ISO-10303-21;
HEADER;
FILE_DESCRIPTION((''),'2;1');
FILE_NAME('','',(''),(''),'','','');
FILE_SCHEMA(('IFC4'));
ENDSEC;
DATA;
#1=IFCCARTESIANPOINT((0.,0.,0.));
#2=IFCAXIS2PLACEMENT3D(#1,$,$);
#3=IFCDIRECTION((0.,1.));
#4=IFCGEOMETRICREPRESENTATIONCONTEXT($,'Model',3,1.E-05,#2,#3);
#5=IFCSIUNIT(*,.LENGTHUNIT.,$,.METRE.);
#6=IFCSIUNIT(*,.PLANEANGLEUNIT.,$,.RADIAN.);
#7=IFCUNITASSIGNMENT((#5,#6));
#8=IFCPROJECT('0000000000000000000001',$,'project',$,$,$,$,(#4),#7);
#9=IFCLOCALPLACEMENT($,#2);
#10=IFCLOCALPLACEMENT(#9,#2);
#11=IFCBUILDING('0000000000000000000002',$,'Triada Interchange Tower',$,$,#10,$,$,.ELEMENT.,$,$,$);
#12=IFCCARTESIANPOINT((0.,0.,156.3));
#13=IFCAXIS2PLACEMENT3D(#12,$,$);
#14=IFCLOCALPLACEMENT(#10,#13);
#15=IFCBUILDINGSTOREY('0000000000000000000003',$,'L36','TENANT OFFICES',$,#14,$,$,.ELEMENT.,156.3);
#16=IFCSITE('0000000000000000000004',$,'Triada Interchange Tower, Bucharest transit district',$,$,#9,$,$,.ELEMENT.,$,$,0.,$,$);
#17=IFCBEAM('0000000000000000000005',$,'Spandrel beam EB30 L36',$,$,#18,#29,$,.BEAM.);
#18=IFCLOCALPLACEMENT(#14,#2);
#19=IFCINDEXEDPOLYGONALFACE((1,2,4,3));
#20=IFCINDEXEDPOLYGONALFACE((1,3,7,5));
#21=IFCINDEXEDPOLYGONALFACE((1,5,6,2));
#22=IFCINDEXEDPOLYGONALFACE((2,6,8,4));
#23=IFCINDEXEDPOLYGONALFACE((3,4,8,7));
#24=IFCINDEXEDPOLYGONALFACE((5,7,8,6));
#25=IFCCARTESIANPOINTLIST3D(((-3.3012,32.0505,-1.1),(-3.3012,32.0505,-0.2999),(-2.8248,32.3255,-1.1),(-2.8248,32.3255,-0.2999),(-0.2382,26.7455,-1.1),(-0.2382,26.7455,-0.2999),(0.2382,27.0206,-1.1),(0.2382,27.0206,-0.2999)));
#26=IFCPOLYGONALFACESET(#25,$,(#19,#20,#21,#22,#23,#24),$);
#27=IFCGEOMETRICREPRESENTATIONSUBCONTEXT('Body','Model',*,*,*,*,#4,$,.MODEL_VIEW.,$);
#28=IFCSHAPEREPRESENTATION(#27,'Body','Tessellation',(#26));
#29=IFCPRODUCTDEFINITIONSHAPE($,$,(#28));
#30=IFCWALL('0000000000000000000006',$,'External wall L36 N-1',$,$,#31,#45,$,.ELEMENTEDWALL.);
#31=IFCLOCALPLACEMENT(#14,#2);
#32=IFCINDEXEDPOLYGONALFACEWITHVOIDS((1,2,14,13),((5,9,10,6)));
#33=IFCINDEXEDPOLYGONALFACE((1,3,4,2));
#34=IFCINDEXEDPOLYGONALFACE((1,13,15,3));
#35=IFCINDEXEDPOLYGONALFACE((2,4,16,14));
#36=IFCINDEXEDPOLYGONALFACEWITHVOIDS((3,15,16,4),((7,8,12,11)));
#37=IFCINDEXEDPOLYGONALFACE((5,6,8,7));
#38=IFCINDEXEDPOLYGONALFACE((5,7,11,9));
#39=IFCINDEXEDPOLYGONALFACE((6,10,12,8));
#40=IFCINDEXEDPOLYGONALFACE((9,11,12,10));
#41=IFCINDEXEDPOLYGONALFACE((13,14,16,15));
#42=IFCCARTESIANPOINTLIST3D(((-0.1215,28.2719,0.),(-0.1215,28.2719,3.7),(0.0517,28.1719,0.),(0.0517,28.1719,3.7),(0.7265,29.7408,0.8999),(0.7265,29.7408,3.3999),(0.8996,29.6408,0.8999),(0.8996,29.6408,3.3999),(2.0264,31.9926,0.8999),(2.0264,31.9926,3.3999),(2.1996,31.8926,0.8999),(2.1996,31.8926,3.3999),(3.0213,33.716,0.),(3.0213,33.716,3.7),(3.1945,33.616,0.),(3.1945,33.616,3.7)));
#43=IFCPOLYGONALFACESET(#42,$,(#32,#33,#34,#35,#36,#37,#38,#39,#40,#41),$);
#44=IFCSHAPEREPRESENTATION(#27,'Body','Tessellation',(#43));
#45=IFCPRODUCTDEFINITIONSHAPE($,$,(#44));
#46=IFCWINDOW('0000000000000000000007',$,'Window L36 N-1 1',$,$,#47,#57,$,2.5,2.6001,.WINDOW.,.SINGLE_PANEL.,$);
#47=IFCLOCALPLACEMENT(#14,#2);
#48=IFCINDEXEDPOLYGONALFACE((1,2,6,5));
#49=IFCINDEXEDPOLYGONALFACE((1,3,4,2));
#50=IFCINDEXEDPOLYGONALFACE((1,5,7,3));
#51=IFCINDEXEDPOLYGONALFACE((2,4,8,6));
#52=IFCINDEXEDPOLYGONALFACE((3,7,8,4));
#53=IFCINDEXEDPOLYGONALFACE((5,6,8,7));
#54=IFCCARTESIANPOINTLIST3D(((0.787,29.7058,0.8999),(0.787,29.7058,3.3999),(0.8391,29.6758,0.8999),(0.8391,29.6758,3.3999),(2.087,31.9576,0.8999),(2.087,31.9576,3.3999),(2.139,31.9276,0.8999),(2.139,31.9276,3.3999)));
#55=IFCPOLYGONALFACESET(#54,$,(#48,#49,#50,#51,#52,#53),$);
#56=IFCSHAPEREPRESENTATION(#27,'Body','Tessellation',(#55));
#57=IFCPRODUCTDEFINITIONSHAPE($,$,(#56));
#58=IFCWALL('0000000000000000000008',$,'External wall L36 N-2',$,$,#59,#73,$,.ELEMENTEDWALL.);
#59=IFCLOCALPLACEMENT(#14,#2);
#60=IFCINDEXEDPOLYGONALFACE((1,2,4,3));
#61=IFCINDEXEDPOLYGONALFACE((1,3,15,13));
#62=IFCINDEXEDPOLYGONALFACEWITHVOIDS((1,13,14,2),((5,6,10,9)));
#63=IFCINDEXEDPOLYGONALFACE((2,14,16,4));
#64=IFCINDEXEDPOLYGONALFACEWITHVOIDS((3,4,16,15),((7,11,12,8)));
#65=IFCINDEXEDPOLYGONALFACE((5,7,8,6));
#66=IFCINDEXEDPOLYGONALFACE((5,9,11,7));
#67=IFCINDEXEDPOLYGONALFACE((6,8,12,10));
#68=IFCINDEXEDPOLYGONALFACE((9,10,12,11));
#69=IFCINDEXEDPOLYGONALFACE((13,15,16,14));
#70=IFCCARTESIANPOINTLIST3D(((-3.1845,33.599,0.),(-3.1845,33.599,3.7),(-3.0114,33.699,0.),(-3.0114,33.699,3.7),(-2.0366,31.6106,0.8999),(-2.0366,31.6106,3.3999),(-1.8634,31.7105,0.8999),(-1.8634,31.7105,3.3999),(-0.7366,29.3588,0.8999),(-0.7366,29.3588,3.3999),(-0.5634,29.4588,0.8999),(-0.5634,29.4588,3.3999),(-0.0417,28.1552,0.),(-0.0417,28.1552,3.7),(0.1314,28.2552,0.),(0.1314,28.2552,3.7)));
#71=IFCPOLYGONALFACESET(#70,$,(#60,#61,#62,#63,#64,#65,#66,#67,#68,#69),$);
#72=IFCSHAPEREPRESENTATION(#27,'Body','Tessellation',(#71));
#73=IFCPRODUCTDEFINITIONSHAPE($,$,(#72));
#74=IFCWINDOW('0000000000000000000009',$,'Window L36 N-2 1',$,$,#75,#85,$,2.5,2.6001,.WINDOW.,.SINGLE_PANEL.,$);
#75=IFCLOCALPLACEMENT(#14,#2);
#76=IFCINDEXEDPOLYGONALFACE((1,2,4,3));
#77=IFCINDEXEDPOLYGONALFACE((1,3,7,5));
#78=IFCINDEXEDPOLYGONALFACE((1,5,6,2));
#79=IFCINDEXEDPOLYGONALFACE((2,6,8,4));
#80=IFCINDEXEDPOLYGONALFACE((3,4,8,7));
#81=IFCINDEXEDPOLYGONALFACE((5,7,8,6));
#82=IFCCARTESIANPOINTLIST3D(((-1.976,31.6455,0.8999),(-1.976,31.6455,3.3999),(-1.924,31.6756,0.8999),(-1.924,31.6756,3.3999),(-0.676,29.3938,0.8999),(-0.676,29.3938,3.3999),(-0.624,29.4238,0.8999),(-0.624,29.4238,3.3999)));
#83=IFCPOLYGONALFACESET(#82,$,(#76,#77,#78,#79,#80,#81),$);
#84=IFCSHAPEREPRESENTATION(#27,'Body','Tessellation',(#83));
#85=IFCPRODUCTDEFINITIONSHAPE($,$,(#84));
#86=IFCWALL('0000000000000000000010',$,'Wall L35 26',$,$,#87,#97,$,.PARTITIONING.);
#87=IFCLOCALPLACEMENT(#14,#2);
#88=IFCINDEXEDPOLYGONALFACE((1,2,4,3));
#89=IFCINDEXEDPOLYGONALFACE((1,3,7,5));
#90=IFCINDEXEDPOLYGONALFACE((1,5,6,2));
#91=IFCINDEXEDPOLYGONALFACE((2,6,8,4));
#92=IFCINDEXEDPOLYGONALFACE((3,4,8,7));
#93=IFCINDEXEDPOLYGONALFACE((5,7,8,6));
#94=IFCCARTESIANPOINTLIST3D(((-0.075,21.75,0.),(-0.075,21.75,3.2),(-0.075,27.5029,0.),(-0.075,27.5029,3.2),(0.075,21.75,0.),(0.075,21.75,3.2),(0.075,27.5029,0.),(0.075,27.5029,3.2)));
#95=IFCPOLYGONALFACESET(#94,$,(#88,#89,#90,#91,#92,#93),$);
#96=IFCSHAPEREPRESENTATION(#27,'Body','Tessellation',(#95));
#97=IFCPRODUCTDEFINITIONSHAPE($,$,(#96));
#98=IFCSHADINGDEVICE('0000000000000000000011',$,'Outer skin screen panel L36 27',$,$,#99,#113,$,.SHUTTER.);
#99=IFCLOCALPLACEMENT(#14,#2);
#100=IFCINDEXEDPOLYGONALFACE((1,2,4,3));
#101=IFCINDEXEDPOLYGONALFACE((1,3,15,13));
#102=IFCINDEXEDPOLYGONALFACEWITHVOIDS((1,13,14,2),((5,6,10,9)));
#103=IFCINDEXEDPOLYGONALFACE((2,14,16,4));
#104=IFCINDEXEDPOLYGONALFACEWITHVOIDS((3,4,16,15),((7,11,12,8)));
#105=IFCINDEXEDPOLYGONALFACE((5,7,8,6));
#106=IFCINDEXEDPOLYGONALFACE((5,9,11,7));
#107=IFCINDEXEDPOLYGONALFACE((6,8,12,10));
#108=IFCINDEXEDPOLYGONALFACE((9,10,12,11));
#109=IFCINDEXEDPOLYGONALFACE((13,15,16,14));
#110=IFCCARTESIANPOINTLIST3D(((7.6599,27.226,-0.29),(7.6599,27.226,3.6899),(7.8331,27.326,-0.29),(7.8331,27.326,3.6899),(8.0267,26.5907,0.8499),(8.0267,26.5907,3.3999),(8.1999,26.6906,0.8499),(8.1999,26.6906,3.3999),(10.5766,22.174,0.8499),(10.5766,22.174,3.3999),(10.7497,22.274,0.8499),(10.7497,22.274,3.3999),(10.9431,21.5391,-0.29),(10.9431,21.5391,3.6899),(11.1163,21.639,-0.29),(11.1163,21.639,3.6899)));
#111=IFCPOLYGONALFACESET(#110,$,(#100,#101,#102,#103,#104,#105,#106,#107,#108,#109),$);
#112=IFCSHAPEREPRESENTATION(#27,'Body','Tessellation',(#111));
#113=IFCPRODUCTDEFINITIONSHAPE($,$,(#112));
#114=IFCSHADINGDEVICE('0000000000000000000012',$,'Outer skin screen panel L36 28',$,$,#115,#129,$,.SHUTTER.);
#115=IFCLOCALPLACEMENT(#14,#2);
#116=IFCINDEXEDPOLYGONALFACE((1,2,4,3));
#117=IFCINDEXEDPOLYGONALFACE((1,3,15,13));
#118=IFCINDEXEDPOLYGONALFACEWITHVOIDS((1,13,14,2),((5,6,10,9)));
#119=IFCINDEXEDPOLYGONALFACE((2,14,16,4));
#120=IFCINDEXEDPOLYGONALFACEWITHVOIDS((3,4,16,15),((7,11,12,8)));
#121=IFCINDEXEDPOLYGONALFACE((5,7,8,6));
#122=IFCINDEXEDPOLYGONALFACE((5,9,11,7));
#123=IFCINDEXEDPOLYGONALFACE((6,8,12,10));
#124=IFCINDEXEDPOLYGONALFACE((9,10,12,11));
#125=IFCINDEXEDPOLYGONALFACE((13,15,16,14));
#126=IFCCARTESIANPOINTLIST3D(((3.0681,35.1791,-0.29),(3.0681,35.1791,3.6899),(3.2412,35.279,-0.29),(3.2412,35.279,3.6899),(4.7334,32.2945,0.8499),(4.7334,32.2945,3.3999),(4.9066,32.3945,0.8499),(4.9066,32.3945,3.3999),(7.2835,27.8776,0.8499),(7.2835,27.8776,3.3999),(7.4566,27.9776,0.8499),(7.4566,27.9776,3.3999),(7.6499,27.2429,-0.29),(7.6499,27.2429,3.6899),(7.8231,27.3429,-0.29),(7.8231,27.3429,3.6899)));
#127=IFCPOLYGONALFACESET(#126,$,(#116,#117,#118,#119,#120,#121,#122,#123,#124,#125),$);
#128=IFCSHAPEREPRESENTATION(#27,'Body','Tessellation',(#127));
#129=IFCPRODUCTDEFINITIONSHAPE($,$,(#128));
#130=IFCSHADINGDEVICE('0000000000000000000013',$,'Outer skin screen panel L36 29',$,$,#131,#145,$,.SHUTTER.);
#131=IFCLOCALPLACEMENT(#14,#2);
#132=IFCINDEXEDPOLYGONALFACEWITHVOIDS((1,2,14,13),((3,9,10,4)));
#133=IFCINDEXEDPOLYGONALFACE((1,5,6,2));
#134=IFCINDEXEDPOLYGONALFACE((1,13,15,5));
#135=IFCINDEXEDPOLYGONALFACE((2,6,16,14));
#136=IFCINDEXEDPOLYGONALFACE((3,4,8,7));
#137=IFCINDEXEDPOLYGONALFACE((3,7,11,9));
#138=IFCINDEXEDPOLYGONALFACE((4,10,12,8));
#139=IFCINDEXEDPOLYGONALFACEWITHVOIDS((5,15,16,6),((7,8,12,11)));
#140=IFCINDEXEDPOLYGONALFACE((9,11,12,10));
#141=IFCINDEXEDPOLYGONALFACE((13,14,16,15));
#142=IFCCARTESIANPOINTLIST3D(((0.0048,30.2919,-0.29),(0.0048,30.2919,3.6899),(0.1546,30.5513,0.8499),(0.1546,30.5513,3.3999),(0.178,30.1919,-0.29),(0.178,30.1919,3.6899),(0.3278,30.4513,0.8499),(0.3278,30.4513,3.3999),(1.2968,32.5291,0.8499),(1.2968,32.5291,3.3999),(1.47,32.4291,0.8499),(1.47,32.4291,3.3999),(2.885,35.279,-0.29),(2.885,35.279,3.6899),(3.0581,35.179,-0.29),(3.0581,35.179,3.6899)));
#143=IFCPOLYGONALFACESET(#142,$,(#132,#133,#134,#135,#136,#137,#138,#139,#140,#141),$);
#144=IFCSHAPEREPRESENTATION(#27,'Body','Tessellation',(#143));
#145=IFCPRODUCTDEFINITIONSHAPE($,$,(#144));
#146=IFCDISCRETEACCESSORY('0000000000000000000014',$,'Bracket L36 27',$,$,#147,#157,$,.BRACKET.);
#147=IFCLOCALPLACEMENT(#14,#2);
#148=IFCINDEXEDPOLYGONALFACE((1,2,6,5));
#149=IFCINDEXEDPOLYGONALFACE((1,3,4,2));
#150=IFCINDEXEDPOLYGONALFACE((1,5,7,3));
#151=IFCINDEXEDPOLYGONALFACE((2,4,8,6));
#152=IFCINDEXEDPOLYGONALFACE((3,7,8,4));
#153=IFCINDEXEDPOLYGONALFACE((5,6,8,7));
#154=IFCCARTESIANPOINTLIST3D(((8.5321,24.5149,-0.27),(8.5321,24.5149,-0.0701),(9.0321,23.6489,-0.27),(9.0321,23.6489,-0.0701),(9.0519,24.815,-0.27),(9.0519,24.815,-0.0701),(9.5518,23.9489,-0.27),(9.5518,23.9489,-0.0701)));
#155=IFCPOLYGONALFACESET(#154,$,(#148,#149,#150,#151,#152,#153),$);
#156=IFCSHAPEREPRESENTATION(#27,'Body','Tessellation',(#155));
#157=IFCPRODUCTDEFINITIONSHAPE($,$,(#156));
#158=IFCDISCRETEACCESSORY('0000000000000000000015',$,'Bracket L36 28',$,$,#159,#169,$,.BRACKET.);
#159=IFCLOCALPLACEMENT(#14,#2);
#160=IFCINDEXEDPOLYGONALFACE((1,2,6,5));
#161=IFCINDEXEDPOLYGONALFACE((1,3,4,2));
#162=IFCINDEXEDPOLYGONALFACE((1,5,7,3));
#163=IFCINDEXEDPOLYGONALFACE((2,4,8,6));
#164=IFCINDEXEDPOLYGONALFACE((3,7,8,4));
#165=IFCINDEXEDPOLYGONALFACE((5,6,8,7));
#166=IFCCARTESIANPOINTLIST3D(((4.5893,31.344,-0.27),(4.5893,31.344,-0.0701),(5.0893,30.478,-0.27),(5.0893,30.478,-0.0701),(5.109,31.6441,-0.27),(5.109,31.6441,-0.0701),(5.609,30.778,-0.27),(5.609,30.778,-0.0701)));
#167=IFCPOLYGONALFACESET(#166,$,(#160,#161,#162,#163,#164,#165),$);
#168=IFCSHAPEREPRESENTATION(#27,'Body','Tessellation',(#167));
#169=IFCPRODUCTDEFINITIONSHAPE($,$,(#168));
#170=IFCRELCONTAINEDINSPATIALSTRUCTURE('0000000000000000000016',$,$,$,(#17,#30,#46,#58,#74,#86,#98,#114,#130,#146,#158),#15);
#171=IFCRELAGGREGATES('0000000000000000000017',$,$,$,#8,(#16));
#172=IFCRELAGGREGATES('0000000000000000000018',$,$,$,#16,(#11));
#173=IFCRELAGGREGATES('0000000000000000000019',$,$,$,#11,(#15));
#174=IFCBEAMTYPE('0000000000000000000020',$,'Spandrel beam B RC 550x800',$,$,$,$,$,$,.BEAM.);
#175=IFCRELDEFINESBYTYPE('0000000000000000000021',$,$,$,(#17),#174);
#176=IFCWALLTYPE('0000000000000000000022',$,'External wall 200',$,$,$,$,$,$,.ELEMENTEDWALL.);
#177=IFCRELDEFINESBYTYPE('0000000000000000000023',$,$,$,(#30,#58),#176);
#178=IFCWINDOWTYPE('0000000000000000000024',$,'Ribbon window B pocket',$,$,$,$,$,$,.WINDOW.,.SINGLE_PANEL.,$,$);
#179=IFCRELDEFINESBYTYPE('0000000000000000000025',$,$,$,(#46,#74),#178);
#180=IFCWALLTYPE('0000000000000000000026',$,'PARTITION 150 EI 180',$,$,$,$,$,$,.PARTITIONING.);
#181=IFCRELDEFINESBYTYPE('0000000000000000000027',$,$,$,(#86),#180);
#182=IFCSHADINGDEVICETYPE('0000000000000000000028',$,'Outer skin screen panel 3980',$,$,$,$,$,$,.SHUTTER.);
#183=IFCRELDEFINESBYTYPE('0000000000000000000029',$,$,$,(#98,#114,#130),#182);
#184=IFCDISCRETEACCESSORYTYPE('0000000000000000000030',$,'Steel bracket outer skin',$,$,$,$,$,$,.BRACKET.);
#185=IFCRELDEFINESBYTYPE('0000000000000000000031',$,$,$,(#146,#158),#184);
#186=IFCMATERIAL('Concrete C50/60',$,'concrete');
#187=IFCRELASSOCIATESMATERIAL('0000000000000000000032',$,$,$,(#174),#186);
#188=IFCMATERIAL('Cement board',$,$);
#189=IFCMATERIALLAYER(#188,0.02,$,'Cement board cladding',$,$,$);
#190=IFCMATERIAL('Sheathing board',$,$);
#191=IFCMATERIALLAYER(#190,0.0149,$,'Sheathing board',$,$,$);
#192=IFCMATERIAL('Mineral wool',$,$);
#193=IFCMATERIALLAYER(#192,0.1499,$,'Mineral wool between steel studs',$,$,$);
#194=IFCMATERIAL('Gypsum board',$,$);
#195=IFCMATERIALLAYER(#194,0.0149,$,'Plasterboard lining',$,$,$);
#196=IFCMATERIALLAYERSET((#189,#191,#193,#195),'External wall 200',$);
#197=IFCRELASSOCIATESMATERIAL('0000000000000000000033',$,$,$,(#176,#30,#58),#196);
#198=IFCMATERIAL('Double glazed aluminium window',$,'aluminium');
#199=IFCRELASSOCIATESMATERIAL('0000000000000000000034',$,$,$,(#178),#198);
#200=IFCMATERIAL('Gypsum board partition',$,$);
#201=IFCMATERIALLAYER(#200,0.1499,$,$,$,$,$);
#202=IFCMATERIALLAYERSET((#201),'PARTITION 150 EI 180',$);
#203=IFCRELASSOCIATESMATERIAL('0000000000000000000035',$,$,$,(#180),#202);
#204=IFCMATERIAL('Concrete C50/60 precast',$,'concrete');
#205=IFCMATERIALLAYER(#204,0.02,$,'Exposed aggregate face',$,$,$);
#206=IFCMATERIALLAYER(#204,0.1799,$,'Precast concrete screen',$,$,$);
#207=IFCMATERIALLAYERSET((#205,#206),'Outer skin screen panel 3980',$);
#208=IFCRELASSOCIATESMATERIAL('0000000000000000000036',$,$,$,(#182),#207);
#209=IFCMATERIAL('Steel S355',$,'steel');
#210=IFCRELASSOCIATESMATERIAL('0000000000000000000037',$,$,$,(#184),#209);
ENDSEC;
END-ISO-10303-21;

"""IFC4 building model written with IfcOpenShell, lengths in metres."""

from ifc_helpers import new_model, si_unit, direction, frame, frame_2d, origin, origin_2d, place, context, subcontext, project, spatial, polyline, rectangle, outline, extrude, material, layer, layer_set, layer_usage, material_profile, profile_set, type_object, element, fill, save


model = new_model("IFC4")

# Units and contexts
model_context = context("Model", 3, precision=1e-05, world=origin(), true_north=direction((0.0, 1.0)))
body_context = subcontext(model_context, "Body", "Model", "MODEL_VIEW")
ifc_project = project(units=[si_unit("LENGTHUNIT", "METRE"), si_unit("PLANEANGLEUNIT", "RADIAN")], contexts=[model_context])

# Site, building, storey
site_placement = place(None, origin())
site = spatial("IfcSite", under=ifc_project, at=site_placement, Name="Triada Interchange Tower, Bucharest transit district", CompositionType="ELEMENT", RefElevation=0.0)
building_placement = place(site_placement, origin())
building = spatial("IfcBuilding", under=site, at=building_placement, Name="Triada Interchange Tower", CompositionType="ELEMENT")
storey_placement = place(building_placement, frame((0.0, 0.0, 156.3)))
storey = spatial("IfcBuildingStorey", under=building, at=storey_placement, Name="L36", Description="TENANT OFFICES", CompositionType="ELEMENT", Elevation=156.3)

# Beam
ifc_material_1 = material(Name="Concrete C50/60", Category="concrete")
ifc_material_profile_1 = material_profile(ifc_material_1, rectangle(XDim=0.55, YDim=0.8, at=origin_2d()), Name="RC 550x800")
ifc_profile_set_1 = profile_set([ifc_material_profile_1], Name="Concrete C50/60")
beam_type_1 = type_object("IfcBeamType", Name="Spandrel beam B RC 550x800", PredefinedType="BEAM", material=ifc_profile_set_1)
for number, where, z_axis, x_axis, name in (
    (1, (0.0, 26.8831, -0.7), (-0.500023, 0.866012, 0.0), (-0.866012, -0.500023, 0.0), "Spandrel beam EB30 L36"),
):
    element("IfcBeam", number, at=place(storey_placement, frame(where, z_axis=z_axis, x_axis=x_axis)), inside=storey, type_object=beam_type_1, Name=name, PredefinedType="BEAM", context=body_context, shape_type="SweptSolid", body=[
        extrude(rectangle(XDim=0.55, YDim=0.8, at=origin_2d()), origin(), (0.0, 0.0, 1.0), 6.1257),
    ])

# Walls, openings, windows
ifc_material_2 = material(Name="Cement board")
ifc_layer_1 = layer(ifc_material_2, 0.02, Name="Cement board cladding")
ifc_material_3 = material(Name="Sheathing board")
ifc_layer_2 = layer(ifc_material_3, 0.0149, Name="Sheathing board")
ifc_material_4 = material(Name="Mineral wool")
ifc_layer_3 = layer(ifc_material_4, 0.1499, Name="Mineral wool between steel studs")
ifc_material_5 = material(Name="Gypsum board")
ifc_layer_4 = layer(ifc_material_5, 0.0149, Name="Plasterboard lining")
ifc_layer_set_1 = layer_set([ifc_layer_1, ifc_layer_2, ifc_layer_3, ifc_layer_4], Name="External wall 200")
ifc_layer_usage = layer_usage(ifc_layer_set_1, "AXIS2", "POSITIVE", -0.1001)
wall_type_1 = type_object("IfcWallType", Name="External wall 200", PredefinedType="ELEMENTEDWALL", material=ifc_layer_set_1)
wall_1_placement = place(storey_placement, frame((3.1079, 33.666, 0.0), z_axis=(0.0, 0.0, 1.0), x_axis=(-0.499961, -0.866048, 0.0)))
wall_1 = element("IfcWall", 2, at=wall_1_placement, inside=storey, type_object=wall_type_1, material=ifc_layer_usage, Name="External wall L36 N-1", PredefinedType="ELEMENTEDWALL", context=body_context, shape_type="SweptSolid", body=[
    extrude(rectangle(XDim=6.2861, YDim=0.2, at=frame_2d((3.1431, 0.0))), origin(), (0.0, 0.0, 1.0), 3.7),
])
opening_1_placement = place(wall_1_placement, frame((1.99, 0.0, 0.8999)))
opening_1 = element("IfcOpeningElement", 3, at=opening_1_placement, cuts=wall_1, PredefinedType="OPENING", context=body_context, shape_type="SweptSolid", body=[
    extrude(rectangle(XDim=2.6001, YDim=2.5, at=frame_2d((1.3, 1.25))), frame((0.0, 0.1099, 0.0), z_axis=(0.0, -1.0, 0.0), x_axis=(1.0, 0.0, 0.0)), (0.0, 0.0, 1.0), 0.22),
])
ifc_material_6 = material(Name="Double glazed aluminium window", Category="aluminium")
window_type = type_object("IfcWindowType", Name="Ribbon window B pocket", PartitioningType="SINGLE_PANEL", PredefinedType="WINDOW", material=ifc_material_6)
window_1_placement = place(opening_1_placement, origin())
window_1 = element("IfcWindow", 4, at=window_1_placement, inside=storey, type_object=window_type, Name="Window L36 N-1 1", OverallHeight=2.5, OverallWidth=2.6001, PartitioningType="SINGLE_PANEL", PredefinedType="WINDOW", context=body_context, shape_type="SweptSolid", body=[
    extrude(rectangle(XDim=2.6001, YDim=2.5, at=frame_2d((1.3, 1.25))), frame((0.0, 0.03, 0.0), z_axis=(0.0, -1.0, 0.0), x_axis=(1.0, 0.0, 0.0)), (0.0, 0.0, 1.0), 0.0601),
])
fill(opening_1, window_1)
wall_2_placement = place(storey_placement, frame((0.0449, 28.2051, 0.0), z_axis=(0.0, 0.0, 1.0), x_axis=(-0.499978, 0.866038, 0.0)))
wall_2 = element("IfcWall", 5, at=wall_2_placement, inside=storey, type_object=wall_type_1, material=ifc_layer_usage, Name="External wall L36 N-2", PredefinedType="ELEMENTEDWALL", context=body_context, shape_type="SweptSolid", body=[
    extrude(rectangle(XDim=6.2859, YDim=0.2, at=frame_2d((3.1431, 0.0))), origin(), (0.0, 0.0, 1.0), 3.7),
])
opening_2_placement = place(wall_2_placement, frame((1.3899, 0.0, 0.8999)))
opening_2 = element("IfcOpeningElement", 6, at=opening_2_placement, cuts=wall_2, PredefinedType="OPENING", context=body_context, shape_type="SweptSolid", body=[
    extrude(rectangle(XDim=2.6001, YDim=2.5, at=frame_2d((1.3, 1.25))), frame((0.0, 0.1099, 0.0), z_axis=(0.0, -1.0, 0.0), x_axis=(1.0, 0.0, 0.0)), (0.0, 0.0, 1.0), 0.22),
])
window_2_placement = place(opening_2_placement, origin())
window_2 = element("IfcWindow", 7, at=window_2_placement, inside=storey, type_object=window_type, Name="Window L36 N-2 1", OverallHeight=2.5, OverallWidth=2.6001, PartitioningType="SINGLE_PANEL", PredefinedType="WINDOW", context=body_context, shape_type="SweptSolid", body=[
    extrude(rectangle(XDim=2.6001, YDim=2.5, at=frame_2d((1.3, 1.25))), frame((0.0, 0.03, 0.0), z_axis=(0.0, -1.0, 0.0), x_axis=(1.0, 0.0, 0.0)), (0.0, 0.0, 1.0), 0.0601),
])
fill(opening_2, window_2)

# Wall
ifc_material_7 = material(Name="Gypsum board partition")
ifc_layer_5 = layer(ifc_material_7, 0.1499)
ifc_layer_set_2 = layer_set([ifc_layer_5], Name="PARTITION 150 EI 180")
wall_type_2 = type_object("IfcWallType", Name="PARTITION 150 EI 180", PredefinedType="PARTITIONING", material=ifc_layer_set_2)
wall_3_placement = place(storey_placement, frame((0.0, 21.75, 0.0), z_axis=(0.0, 0.0, 1.0), x_axis=(0.0, 1.0, 0.0)))
element("IfcWall", 8, at=wall_3_placement, inside=storey, type_object=wall_type_2, Name="Wall L35 26", PredefinedType="PARTITIONING", context=body_context, shape_type="SweptSolid", body=[
    extrude(rectangle(XDim=5.7529, YDim=0.1499, at=frame_2d((2.8765, 0.0))), origin(), (0.0, 0.0, 1.0), 3.2),
])

# Shading devices
ifc_material_8 = material(Name="Concrete C50/60 precast", Category="concrete")
ifc_layer_6 = layer(ifc_material_8, 0.02, Name="Exposed aggregate face")
ifc_layer_7 = layer(ifc_material_8, 0.1799, Name="Precast concrete screen")
ifc_layer_set_3 = layer_set([ifc_layer_6, ifc_layer_7], Name="Outer skin screen panel 3980")
shading_device_type = type_object("IfcShadingDeviceType", Name="Outer skin screen panel 3980", PredefinedType="SHUTTER", material=ifc_layer_set_3)
shading_device_1_placement = place(storey_placement, frame((10.9431, 21.5391, -0.29), z_axis=(0.0, 0.0, 1.0), x_axis=(-0.499978, 0.866038, 0.0)))
element("IfcShadingDevice", 9, at=shading_device_1_placement, inside=storey, type_object=shading_device_type, Name="Outer skin screen panel L36 27", PredefinedType="SHUTTER", context=body_context, shape_type="SweptSolid", body=[
    extrude(outline(polyline([(0.0, 0.0), (6.5667, 0.0), (6.5667, 3.98), (0.0, 3.98), (0.0, 0.0)]), holes=[polyline([(0.7332, 1.1399), (0.7332, 3.6899), (5.833, 3.6899), (5.833, 1.1399), (0.7332, 1.1399)])]), frame((0.0, 0.0, 0.0), z_axis=(0.0, -1.0, 0.0), x_axis=(1.0, 0.0, 0.0)), (0.0, 0.0, 1.0), 0.2),
])
shading_device_2_placement = place(storey_placement, frame((7.6499, 27.2429, -0.29), z_axis=(0.0, 0.0, 1.0), x_axis=(-0.499993, 0.866029, 0.0)))
element("IfcShadingDevice", 10, at=shading_device_2_placement, inside=storey, type_object=shading_device_type, Name="Outer skin screen panel L36 28", PredefinedType="SHUTTER", context=body_context, shape_type="SweptSolid", body=[
    extrude(outline(polyline([(0.0, 0.0), (9.1638, 0.0), (9.1638, 3.98), (0.0, 3.98), (0.0, 0.0)]), holes=[polyline([(0.7329, 1.1399), (0.7329, 3.6899), (5.833, 3.6899), (5.833, 1.1399), (0.7329, 1.1399)])]), frame((0.0, 0.0, 0.0), z_axis=(0.0, -1.0, 0.0), x_axis=(1.0, 0.0, 0.0)), (0.0, 0.0, 1.0), 0.2),
])
shading_device_3_placement = place(storey_placement, frame((3.0581, 35.179, -0.29), z_axis=(0.0, 0.0, 1.0), x_axis=(-0.50011, -0.865962, 0.0)))
element("IfcShadingDevice", 11, at=shading_device_3_placement, inside=storey, type_object=shading_device_type, Name="Outer skin screen panel L36 29", PredefinedType="SHUTTER", context=body_context, shape_type="SweptSolid", body=[
    extrude(outline(polyline([(0.0, 0.0), (5.759, 0.0), (5.759, 3.98), (0.0, 3.98), (0.0, 0.0)]), holes=[polyline([(3.1755, 1.1399), (3.1755, 3.6899), (5.4595, 3.6899), (5.4595, 1.1399), (3.1755, 1.1399)])]), frame((0.0, 0.0, 0.0), z_axis=(0.0, -1.0, 0.0), x_axis=(1.0, 0.0, 0.0)), (0.0, 0.0, 1.0), 0.2),
])

# Discrete accessories
ifc_material_9 = material(Name="Steel S355", Category="steel")
discrete_accessory_type = type_object("IfcDiscreteAccessoryType", Name="Steel bracket outer skin", PredefinedType="BRACKET", material=ifc_material_9)
for number, where, z_axis, x_axis, name in (
    (12, (9.042, 24.2319, -0.27), (0.0, 0.0, 1.0), (0.866036, 0.499982, 0.0), "Bracket L36 27"),
    (13, (5.0991, 31.061, -0.27), (0.0, 0.0, 1.0), (0.866036, 0.499982, 0.0), "Bracket L36 28"),
):
    element("IfcDiscreteAccessory", number, at=place(storey_placement, frame(where, z_axis=z_axis, x_axis=x_axis)), inside=storey, type_object=discrete_accessory_type, Name=name, PredefinedType="BRACKET", context=body_context, shape_type="SweptSolid", body=[
        extrude(rectangle(XDim=0.6001, YDim=1.0, at=origin_2d()), origin(), (0.0, 0.0, 1.0), 0.2),
    ])

save(model, "model.ifc")
